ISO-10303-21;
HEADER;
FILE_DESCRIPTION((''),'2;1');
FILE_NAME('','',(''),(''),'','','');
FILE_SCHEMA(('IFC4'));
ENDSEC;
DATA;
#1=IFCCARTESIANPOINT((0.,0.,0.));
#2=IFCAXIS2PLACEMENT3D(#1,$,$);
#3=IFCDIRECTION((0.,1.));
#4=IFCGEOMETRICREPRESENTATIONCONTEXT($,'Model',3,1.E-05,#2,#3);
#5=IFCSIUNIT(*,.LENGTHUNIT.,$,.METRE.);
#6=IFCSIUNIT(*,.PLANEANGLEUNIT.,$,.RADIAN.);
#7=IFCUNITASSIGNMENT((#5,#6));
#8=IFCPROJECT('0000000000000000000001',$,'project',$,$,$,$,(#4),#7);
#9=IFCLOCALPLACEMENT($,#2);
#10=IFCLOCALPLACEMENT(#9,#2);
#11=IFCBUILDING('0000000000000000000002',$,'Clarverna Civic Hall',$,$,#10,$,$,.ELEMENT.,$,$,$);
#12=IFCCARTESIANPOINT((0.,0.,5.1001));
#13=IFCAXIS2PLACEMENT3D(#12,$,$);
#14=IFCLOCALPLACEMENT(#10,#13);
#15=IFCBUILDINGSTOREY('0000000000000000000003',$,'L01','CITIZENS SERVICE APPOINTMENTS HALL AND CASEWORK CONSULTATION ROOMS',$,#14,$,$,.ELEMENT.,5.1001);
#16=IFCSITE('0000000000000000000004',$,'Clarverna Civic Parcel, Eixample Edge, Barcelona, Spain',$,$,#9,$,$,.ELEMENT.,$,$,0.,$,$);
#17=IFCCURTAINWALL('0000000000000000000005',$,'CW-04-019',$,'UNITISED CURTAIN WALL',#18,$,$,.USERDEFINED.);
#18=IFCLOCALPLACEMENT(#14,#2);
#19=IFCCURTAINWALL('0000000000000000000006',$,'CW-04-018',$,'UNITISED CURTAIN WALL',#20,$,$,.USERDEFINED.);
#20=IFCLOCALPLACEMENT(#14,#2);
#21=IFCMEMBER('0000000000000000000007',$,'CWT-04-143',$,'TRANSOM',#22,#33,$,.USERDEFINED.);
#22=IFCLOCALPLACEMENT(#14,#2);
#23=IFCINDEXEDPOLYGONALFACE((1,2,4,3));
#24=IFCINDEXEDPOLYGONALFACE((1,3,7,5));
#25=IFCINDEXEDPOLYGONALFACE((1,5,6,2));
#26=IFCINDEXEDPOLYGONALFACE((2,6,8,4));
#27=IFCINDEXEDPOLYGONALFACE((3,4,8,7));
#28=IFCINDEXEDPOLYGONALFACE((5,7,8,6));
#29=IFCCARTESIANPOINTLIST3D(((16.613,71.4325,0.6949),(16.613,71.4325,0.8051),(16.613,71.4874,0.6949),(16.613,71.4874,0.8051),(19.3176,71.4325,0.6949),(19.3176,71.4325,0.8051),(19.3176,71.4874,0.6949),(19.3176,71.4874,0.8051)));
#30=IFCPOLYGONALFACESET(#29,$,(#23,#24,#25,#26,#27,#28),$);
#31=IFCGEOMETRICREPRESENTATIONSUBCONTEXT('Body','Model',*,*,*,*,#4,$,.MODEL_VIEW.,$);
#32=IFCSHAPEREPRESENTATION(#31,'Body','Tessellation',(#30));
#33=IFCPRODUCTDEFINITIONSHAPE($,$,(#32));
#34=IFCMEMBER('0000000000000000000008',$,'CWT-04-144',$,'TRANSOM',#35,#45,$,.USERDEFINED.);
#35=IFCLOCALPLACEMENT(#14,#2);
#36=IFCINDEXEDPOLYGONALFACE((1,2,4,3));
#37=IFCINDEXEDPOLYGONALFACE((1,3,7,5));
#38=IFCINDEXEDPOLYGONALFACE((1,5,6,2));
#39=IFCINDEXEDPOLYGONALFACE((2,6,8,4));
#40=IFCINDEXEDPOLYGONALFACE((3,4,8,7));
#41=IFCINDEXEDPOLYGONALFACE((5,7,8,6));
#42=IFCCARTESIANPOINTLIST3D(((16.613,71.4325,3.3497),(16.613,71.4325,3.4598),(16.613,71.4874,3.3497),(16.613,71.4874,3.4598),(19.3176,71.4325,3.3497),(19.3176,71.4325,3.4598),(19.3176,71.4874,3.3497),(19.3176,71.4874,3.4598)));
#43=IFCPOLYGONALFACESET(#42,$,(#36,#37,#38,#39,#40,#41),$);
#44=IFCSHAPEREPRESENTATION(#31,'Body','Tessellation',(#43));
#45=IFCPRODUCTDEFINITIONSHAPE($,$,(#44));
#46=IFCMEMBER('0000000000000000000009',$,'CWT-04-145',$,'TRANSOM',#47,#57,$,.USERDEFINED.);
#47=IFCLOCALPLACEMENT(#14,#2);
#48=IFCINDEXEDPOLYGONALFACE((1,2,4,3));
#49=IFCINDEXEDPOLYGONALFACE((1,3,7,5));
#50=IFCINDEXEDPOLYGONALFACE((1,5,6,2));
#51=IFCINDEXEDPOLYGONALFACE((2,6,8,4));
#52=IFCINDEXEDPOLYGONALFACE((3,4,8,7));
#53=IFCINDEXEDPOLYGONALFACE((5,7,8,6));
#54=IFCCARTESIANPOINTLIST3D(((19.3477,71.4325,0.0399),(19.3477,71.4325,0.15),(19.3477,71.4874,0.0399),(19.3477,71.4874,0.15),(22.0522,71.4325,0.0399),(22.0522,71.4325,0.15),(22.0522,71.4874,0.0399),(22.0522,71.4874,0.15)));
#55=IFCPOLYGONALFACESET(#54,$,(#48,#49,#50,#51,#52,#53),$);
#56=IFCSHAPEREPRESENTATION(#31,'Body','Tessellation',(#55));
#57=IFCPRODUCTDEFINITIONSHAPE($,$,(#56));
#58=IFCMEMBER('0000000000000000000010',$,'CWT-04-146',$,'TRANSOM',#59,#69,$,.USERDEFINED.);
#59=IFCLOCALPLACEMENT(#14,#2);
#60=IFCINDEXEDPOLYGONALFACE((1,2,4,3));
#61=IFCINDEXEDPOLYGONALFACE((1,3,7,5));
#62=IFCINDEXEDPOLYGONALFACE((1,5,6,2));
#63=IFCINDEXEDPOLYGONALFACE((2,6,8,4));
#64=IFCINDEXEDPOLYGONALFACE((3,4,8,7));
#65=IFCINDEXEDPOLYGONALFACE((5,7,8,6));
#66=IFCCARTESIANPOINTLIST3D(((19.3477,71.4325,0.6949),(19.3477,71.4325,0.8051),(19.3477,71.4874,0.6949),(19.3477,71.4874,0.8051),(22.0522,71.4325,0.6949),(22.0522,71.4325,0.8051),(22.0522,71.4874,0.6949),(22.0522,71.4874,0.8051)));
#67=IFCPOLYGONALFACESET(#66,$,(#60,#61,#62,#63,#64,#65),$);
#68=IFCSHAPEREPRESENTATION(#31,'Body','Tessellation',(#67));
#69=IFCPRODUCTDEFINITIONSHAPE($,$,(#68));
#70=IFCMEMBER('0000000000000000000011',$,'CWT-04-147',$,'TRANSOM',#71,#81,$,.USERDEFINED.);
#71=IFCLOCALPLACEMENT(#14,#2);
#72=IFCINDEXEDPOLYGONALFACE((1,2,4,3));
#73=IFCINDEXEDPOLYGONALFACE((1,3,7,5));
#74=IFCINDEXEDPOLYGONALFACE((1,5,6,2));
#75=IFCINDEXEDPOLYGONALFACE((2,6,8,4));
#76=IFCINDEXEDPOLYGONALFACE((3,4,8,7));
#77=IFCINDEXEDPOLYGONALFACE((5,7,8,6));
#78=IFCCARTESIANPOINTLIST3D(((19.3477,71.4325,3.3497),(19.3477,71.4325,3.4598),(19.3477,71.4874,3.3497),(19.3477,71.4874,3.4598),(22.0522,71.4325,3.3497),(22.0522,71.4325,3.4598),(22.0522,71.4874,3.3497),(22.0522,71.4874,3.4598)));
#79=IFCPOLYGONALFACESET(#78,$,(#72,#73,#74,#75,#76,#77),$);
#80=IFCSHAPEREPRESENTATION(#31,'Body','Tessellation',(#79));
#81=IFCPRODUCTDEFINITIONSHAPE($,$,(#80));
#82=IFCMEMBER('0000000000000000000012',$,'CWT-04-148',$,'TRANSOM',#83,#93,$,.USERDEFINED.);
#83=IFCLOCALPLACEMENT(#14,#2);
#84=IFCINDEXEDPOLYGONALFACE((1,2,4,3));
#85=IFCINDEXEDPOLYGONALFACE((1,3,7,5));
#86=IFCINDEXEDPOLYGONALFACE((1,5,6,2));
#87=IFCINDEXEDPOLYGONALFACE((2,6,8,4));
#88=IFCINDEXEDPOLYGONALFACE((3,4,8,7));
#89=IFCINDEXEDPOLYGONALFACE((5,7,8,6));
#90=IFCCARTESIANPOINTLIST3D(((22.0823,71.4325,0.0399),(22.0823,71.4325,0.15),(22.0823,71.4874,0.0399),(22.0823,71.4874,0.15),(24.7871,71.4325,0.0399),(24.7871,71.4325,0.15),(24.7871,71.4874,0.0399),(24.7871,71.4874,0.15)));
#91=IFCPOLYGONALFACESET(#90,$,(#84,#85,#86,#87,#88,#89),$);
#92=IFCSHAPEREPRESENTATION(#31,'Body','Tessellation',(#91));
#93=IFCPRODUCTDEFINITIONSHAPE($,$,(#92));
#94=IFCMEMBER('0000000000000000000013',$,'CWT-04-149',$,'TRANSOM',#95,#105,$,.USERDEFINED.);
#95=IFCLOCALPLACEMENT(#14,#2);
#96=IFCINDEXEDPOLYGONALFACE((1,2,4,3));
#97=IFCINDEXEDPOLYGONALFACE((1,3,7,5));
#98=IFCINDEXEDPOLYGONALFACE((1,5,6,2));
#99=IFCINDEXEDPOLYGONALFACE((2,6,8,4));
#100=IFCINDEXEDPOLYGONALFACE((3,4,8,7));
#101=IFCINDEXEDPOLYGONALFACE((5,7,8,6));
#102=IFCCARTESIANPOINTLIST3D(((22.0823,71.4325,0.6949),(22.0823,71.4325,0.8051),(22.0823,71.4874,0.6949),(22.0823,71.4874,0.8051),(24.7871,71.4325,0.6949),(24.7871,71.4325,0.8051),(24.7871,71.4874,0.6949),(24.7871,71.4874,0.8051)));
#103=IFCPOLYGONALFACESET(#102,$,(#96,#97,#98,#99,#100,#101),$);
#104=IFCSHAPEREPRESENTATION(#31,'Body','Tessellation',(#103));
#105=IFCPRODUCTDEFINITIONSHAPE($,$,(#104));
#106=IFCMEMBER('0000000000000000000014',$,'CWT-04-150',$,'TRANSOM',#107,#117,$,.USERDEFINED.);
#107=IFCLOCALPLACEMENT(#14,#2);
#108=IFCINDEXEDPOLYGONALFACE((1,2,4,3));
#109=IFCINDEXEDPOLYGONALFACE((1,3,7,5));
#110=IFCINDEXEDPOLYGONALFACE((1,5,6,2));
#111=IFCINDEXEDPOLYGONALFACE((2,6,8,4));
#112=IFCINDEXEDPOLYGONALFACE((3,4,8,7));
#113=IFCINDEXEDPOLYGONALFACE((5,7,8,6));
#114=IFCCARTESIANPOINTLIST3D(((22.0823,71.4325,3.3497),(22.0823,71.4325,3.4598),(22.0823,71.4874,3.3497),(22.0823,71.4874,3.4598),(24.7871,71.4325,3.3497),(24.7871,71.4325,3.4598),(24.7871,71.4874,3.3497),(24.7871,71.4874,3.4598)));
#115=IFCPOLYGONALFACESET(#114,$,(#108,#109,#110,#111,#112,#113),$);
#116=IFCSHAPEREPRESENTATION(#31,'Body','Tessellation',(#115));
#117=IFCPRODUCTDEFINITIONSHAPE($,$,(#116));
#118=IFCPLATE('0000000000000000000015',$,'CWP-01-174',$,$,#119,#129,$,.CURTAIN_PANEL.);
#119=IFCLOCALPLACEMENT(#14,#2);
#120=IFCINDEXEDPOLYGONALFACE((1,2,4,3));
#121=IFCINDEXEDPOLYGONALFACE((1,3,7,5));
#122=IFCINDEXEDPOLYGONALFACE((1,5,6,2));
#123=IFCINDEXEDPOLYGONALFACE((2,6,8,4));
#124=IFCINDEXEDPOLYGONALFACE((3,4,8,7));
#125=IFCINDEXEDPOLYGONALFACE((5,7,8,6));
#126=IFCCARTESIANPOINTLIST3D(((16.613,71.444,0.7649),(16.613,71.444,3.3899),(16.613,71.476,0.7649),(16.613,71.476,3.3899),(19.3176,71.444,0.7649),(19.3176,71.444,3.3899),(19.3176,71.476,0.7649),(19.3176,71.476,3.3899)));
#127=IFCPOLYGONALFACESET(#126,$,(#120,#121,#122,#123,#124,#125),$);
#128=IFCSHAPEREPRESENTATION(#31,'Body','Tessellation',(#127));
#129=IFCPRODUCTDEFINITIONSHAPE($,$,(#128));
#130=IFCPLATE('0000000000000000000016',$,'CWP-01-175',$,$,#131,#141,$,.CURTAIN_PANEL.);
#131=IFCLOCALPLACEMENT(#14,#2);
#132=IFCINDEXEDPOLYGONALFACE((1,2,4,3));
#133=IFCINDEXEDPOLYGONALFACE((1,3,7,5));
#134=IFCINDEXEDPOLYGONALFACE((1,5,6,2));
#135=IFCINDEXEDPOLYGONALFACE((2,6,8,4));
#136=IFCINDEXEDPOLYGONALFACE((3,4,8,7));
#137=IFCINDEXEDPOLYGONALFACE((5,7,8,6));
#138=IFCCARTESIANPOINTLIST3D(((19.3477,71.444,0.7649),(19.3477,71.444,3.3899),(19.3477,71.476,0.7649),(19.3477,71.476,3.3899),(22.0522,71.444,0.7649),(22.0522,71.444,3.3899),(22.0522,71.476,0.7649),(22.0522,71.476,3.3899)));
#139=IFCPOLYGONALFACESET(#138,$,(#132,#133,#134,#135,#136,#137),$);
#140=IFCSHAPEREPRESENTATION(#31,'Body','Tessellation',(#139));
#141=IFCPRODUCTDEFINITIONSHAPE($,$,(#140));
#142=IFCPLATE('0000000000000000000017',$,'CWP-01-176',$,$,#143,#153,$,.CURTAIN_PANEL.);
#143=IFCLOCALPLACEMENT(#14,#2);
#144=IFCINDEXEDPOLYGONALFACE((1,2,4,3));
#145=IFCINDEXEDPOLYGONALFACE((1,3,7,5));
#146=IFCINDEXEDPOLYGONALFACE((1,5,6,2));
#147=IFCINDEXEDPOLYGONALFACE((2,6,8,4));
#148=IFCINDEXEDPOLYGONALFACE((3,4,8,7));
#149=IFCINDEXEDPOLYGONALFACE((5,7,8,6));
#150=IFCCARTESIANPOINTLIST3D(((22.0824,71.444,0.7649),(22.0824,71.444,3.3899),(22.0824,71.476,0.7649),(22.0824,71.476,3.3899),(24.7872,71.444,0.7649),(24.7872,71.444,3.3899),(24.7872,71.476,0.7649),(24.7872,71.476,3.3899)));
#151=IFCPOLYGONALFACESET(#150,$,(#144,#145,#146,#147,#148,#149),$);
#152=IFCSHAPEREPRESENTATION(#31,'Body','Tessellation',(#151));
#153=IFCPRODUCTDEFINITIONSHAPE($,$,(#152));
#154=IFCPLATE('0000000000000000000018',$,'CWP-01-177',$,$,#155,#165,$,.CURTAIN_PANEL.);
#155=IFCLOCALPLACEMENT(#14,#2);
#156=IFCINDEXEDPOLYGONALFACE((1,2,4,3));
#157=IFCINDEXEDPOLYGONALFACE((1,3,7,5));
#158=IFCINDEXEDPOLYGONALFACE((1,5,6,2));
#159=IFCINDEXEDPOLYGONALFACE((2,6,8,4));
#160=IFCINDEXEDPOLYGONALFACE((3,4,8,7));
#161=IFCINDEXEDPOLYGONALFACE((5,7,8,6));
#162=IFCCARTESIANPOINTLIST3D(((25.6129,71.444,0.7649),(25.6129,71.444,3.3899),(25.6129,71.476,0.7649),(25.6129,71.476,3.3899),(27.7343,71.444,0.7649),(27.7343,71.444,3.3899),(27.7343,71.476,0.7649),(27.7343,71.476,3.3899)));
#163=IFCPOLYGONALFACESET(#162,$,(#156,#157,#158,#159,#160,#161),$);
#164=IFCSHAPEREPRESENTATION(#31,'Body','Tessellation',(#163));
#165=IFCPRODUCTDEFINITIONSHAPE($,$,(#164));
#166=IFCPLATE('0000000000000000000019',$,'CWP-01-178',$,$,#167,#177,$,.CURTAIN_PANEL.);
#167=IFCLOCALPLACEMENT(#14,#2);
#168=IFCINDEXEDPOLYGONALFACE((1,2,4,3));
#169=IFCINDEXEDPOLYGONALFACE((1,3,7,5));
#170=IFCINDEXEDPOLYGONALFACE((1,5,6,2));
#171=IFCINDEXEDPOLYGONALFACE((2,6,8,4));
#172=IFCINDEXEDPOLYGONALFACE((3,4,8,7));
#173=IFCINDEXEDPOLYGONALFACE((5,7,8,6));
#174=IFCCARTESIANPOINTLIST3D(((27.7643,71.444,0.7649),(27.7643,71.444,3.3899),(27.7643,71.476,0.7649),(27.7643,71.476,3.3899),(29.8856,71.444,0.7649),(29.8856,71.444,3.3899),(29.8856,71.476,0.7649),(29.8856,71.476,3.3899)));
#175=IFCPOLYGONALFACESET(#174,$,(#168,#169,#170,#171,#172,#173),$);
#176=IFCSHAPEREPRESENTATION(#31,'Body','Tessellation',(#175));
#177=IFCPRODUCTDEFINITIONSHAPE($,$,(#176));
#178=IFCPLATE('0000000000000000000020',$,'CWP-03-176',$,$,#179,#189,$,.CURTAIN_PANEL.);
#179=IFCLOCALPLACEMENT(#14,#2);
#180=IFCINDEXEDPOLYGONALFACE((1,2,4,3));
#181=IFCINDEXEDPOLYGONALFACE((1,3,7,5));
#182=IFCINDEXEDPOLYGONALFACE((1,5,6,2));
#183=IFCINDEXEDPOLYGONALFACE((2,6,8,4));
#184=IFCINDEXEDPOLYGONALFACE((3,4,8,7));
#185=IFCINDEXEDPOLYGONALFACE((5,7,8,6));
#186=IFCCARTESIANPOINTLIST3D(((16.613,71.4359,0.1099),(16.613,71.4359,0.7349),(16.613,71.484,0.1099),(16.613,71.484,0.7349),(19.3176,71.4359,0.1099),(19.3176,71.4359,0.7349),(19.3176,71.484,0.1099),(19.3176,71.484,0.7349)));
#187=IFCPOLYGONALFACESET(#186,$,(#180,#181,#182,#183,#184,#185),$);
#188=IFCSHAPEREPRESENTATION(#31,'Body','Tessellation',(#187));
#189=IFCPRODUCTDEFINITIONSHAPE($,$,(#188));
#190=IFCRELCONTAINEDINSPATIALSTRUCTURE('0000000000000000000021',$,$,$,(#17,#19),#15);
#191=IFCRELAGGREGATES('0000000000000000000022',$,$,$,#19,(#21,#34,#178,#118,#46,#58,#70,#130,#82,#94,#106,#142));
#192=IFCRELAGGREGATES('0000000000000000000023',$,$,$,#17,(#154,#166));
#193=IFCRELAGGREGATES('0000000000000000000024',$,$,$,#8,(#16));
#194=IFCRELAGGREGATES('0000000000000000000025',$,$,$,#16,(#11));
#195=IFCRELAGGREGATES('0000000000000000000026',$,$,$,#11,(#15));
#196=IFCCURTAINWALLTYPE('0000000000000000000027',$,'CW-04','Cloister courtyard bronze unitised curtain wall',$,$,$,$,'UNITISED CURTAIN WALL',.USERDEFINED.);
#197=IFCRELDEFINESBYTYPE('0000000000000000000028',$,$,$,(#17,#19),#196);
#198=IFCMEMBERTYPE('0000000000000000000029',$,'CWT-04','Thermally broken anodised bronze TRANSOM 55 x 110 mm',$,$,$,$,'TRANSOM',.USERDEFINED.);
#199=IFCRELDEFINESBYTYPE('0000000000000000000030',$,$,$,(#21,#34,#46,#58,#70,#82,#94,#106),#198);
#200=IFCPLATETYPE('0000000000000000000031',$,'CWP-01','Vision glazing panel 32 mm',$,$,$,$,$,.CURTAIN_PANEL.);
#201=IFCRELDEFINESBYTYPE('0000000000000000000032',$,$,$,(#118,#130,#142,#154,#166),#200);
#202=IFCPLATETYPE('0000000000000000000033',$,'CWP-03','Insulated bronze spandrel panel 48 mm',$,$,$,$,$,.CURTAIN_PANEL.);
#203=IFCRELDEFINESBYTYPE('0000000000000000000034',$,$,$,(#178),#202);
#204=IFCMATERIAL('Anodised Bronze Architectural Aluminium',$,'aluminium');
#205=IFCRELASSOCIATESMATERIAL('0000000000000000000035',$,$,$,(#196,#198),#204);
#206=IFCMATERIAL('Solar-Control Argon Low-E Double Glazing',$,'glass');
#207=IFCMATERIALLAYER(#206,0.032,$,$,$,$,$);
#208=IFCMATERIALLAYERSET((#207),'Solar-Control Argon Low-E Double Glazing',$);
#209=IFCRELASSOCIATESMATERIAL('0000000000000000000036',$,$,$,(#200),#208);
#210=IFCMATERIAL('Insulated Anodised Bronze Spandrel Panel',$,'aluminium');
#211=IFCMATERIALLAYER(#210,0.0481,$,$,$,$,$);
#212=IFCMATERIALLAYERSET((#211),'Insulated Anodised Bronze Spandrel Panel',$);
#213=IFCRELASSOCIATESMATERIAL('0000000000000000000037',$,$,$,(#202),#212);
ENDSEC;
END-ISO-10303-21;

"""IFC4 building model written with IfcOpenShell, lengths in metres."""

from ifc_helpers import new_model, si_unit, direction, frame, frame_2d, origin, origin_2d, place, context, subcontext, project, spatial, rectangle, extrude, material, layer, layer_set, material_profile, profile_set, type_object, element, aggregate, save


model = new_model("IFC4")

# Units and contexts
model_context = context("Model", 3, precision=1e-05, world=origin(), true_north=direction((0.0, 1.0)))
body_context = subcontext(model_context, "Body", "Model", "MODEL_VIEW")
ifc_project = project(units=[si_unit("LENGTHUNIT", "METRE"), si_unit("PLANEANGLEUNIT", "RADIAN")], contexts=[model_context])

# Site, building, storey
site_placement = place(None, origin())
site = spatial("IfcSite", under=ifc_project, at=site_placement, Name="Clarverna Civic Parcel, Eixample Edge, Barcelona, Spain", CompositionType="ELEMENT", RefElevation=0.0)
building_placement = place(site_placement, origin())
building = spatial("IfcBuilding", under=site, at=building_placement, Name="Clarverna Civic Hall", CompositionType="ELEMENT")
storey_placement = place(building_placement, frame((0.0, 0.0, 5.1001)))
storey = spatial("IfcBuildingStorey", under=building, at=storey_placement, Name="L01", Description="CITIZENS SERVICE APPOINTMENTS HALL AND CASEWORK CONSULTATION ROOMS", CompositionType="ELEMENT", Elevation=5.1001)

# Curtain walls
ifc_material_1 = material(Name="Anodised Bronze Architectural Aluminium", Category="aluminium")
curtain_wall_type = type_object("IfcCurtainWallType", Name="CW-04", Description="Cloister courtyard bronze unitised curtain wall", ElementType="UNITISED CURTAIN WALL", PredefinedType="USERDEFINED", material=ifc_material_1)
curtain_wall_1_placement = place(storey_placement, origin())
curtain_wall_1 = element("IfcCurtainWall", 1, at=curtain_wall_1_placement, inside=storey, type_object=curtain_wall_type, Name="CW-04-019", ObjectType="UNITISED CURTAIN WALL", PredefinedType="USERDEFINED")
curtain_wall_2_placement = place(storey_placement, origin())
curtain_wall_2 = element("IfcCurtainWall", 2, at=curtain_wall_2_placement, inside=storey, type_object=curtain_wall_type, Name="CW-04-018", ObjectType="UNITISED CURTAIN WALL", PredefinedType="USERDEFINED")

# Members
ifc_material_profile_1 = material_profile(ifc_material_1, rectangle(XDim=0.0549, YDim=0.1101, at=origin_2d()), Name="BRONZE 55x110")
ifc_profile_set_1 = profile_set([ifc_material_profile_1], Name="Anodised Bronze Architectural Aluminium")
member_type_1 = type_object("IfcMemberType", Name="CWT-04", Description="Thermally broken anodised bronze TRANSOM 55 x 110 mm", ElementType="TRANSOM", PredefinedType="USERDEFINED", material=ifc_profile_set_1)
member_1_placement = place(storey_placement, frame((16.613, 71.46, 0.75), z_axis=(1.0, 0.0, 0.0), x_axis=(0.0, 1.0, 0.0)))
member_1 = element("IfcMember", 3, at=member_1_placement, type_object=member_type_1, Name="CWT-04-143", ObjectType="TRANSOM", PredefinedType="USERDEFINED", context=body_context, shape_type="SweptSolid", body=[
    extrude(rectangle(XDim=0.0549, YDim=0.1101, at=origin_2d()), origin(), (0.0, 0.0, 1.0), 2.7046),
])
member_2_placement = place(storey_placement, frame((16.613, 71.46, 3.4048), z_axis=(1.0, 0.0, 0.0), x_axis=(0.0, 1.0, 0.0)))
member_2 = element("IfcMember", 4, at=member_2_placement, type_object=member_type_1, Name="CWT-04-144", ObjectType="TRANSOM", PredefinedType="USERDEFINED", context=body_context, shape_type="SweptSolid", body=[
    extrude(rectangle(XDim=0.0549, YDim=0.1101, at=origin_2d()), origin(), (0.0, 0.0, 1.0), 2.7046),
])
member_3_placement = place(storey_placement, frame((19.3477, 71.46, 0.095), z_axis=(1.0, 0.0, 0.0), x_axis=(0.0, 1.0, 0.0)))
member_3 = element("IfcMember", 5, at=member_3_placement, type_object=member_type_1, Name="CWT-04-145", ObjectType="TRANSOM", PredefinedType="USERDEFINED", context=body_context, shape_type="SweptSolid", body=[
    extrude(rectangle(XDim=0.0549, YDim=0.1101, at=origin_2d()), origin(), (0.0, 0.0, 1.0), 2.7046),
])
member_4_placement = place(storey_placement, frame((19.3477, 71.46, 0.75), z_axis=(1.0, 0.0, 0.0), x_axis=(0.0, 1.0, 0.0)))
member_4 = element("IfcMember", 6, at=member_4_placement, type_object=member_type_1, Name="CWT-04-146", ObjectType="TRANSOM", PredefinedType="USERDEFINED", context=body_context, shape_type="SweptSolid", body=[
    extrude(rectangle(XDim=0.0549, YDim=0.1101, at=origin_2d()), origin(), (0.0, 0.0, 1.0), 2.7046),
])
member_5_placement = place(storey_placement, frame((19.3477, 71.46, 3.4048), z_axis=(1.0, 0.0, 0.0), x_axis=(0.0, 1.0, 0.0)))
member_5 = element("IfcMember", 7, at=member_5_placement, type_object=member_type_1, Name="CWT-04-147", ObjectType="TRANSOM", PredefinedType="USERDEFINED", context=body_context, shape_type="SweptSolid", body=[
    extrude(rectangle(XDim=0.0549, YDim=0.1101, at=origin_2d()), origin(), (0.0, 0.0, 1.0), 2.7046),
])
member_6_placement = place(storey_placement, frame((22.0823, 71.46, 0.095), z_axis=(1.0, 0.0, 0.0), x_axis=(0.0, 1.0, 0.0)))
member_6 = element("IfcMember", 8, at=member_6_placement, type_object=member_type_1, Name="CWT-04-148", ObjectType="TRANSOM", PredefinedType="USERDEFINED", context=body_context, shape_type="SweptSolid", body=[
    extrude(rectangle(XDim=0.0549, YDim=0.1101, at=origin_2d()), origin(), (0.0, 0.0, 1.0), 2.7048),
])
member_7_placement = place(storey_placement, frame((22.0823, 71.46, 0.75), z_axis=(1.0, 0.0, 0.0), x_axis=(0.0, 1.0, 0.0)))
member_7 = element("IfcMember", 9, at=member_7_placement, type_object=member_type_1, Name="CWT-04-149", ObjectType="TRANSOM", PredefinedType="USERDEFINED", context=body_context, shape_type="SweptSolid", body=[
    extrude(rectangle(XDim=0.0549, YDim=0.1101, at=origin_2d()), origin(), (0.0, 0.0, 1.0), 2.7048),
])
member_8_placement = place(storey_placement, frame((22.0823, 71.46, 3.4048), z_axis=(1.0, 0.0, 0.0), x_axis=(0.0, 1.0, 0.0)))
member_8 = element("IfcMember", 10, at=member_8_placement, type_object=member_type_1, Name="CWT-04-150", ObjectType="TRANSOM", PredefinedType="USERDEFINED", context=body_context, shape_type="SweptSolid", body=[
    extrude(rectangle(XDim=0.0549, YDim=0.1101, at=origin_2d()), origin(), (0.0, 0.0, 1.0), 2.7048),
])

# Plates
ifc_material_2 = material(Name="Solar-Control Argon Low-E Double Glazing", Category="glass")
ifc_layer_1 = layer(ifc_material_2, 0.032)
ifc_layer_set_1 = layer_set([ifc_layer_1], Name="Solar-Control Argon Low-E Double Glazing")
plate_type_1 = type_object("IfcPlateType", Name="CWP-01", Description="Vision glazing panel 32 mm", PredefinedType="CURTAIN_PANEL", material=ifc_layer_set_1)
plate_1_placement = place(storey_placement, frame((16.613, 71.46, 0.7649), z_axis=(0.0, 0.0, 1.0), x_axis=(1.0, 0.0, 0.0)))
plate_1 = element("IfcPlate", 11, at=plate_1_placement, type_object=plate_type_1, Name="CWP-01-174", PredefinedType="CURTAIN_PANEL", context=body_context, shape_type="SweptSolid", body=[
    extrude(rectangle(XDim=2.7046, YDim=0.032, at=frame_2d((1.3523, 0.0))), origin(), (0.0, 0.0, 1.0), 2.625),
])
plate_2_placement = place(storey_placement, frame((19.3477, 71.46, 0.7649), z_axis=(0.0, 0.0, 1.0), x_axis=(1.0, 0.0, 0.0)))
plate_2 = element("IfcPlate", 12, at=plate_2_placement, type_object=plate_type_1, Name="CWP-01-175", PredefinedType="CURTAIN_PANEL", context=body_context, shape_type="SweptSolid", body=[
    extrude(rectangle(XDim=2.7046, YDim=0.032, at=frame_2d((1.3523, 0.0))), origin(), (0.0, 0.0, 1.0), 2.625),
])
plate_3_placement = place(storey_placement, frame((22.0823, 71.46, 0.7649), z_axis=(0.0, 0.0, 1.0), x_axis=(1.0, 0.0, 0.0)))
plate_3 = element("IfcPlate", 13, at=plate_3_placement, type_object=plate_type_1, Name="CWP-01-176", PredefinedType="CURTAIN_PANEL", context=body_context, shape_type="SweptSolid", body=[
    extrude(rectangle(XDim=2.7048, YDim=0.032, at=frame_2d((1.3525, 0.0))), origin(), (0.0, 0.0, 1.0), 2.625),
])
plate_4_placement = place(storey_placement, frame((25.613, 71.46, 0.7649), z_axis=(0.0, 0.0, 1.0), x_axis=(1.0, 0.0, 0.0)))
plate_4 = element("IfcPlate", 14, at=plate_4_placement, type_object=plate_type_1, Name="CWP-01-177", PredefinedType="CURTAIN_PANEL", context=body_context, shape_type="SweptSolid", body=[
    extrude(rectangle(XDim=2.1213, YDim=0.032, at=frame_2d((1.0605, 0.0))), origin(), (0.0, 0.0, 1.0), 2.625),
])
plate_5_placement = place(storey_placement, frame((27.7644, 71.46, 0.7649), z_axis=(0.0, 0.0, 1.0), x_axis=(1.0, 0.0, 0.0)))
plate_5 = element("IfcPlate", 15, at=plate_5_placement, type_object=plate_type_1, Name="CWP-01-178", PredefinedType="CURTAIN_PANEL", context=body_context, shape_type="SweptSolid", body=[
    extrude(rectangle(XDim=2.1213, YDim=0.032, at=frame_2d((1.0605, 0.0))), origin(), (0.0, 0.0, 1.0), 2.625),
])
ifc_material_3 = material(Name="Insulated Anodised Bronze Spandrel Panel", Category="aluminium")
ifc_layer_2 = layer(ifc_material_3, 0.0481)
ifc_layer_set_2 = layer_set([ifc_layer_2], Name="Insulated Anodised Bronze Spandrel Panel")
plate_type_2 = type_object("IfcPlateType", Name="CWP-03", Description="Insulated bronze spandrel panel 48 mm", PredefinedType="CURTAIN_PANEL", material=ifc_layer_set_2)
plate_6_placement = place(storey_placement, frame((16.613, 71.46, 0.1099), z_axis=(0.0, 0.0, 1.0), x_axis=(1.0, 0.0, 0.0)))
plate_6 = element("IfcPlate", 16, at=plate_6_placement, type_object=plate_type_2, Name="CWP-03-176", PredefinedType="CURTAIN_PANEL", context=body_context, shape_type="SweptSolid", body=[
    extrude(rectangle(XDim=2.7046, YDim=0.0481, at=frame_2d((1.3523, 0.0))), origin(), (0.0, 0.0, 1.0), 0.625),
])
aggregate(curtain_wall_2, [member_1, member_2, plate_6, plate_1, member_3, member_4, member_5, plate_2, member_6, member_7, member_8, plate_3])
aggregate(curtain_wall_1, [plate_4, plate_5])

save(model, "model.ifc")
